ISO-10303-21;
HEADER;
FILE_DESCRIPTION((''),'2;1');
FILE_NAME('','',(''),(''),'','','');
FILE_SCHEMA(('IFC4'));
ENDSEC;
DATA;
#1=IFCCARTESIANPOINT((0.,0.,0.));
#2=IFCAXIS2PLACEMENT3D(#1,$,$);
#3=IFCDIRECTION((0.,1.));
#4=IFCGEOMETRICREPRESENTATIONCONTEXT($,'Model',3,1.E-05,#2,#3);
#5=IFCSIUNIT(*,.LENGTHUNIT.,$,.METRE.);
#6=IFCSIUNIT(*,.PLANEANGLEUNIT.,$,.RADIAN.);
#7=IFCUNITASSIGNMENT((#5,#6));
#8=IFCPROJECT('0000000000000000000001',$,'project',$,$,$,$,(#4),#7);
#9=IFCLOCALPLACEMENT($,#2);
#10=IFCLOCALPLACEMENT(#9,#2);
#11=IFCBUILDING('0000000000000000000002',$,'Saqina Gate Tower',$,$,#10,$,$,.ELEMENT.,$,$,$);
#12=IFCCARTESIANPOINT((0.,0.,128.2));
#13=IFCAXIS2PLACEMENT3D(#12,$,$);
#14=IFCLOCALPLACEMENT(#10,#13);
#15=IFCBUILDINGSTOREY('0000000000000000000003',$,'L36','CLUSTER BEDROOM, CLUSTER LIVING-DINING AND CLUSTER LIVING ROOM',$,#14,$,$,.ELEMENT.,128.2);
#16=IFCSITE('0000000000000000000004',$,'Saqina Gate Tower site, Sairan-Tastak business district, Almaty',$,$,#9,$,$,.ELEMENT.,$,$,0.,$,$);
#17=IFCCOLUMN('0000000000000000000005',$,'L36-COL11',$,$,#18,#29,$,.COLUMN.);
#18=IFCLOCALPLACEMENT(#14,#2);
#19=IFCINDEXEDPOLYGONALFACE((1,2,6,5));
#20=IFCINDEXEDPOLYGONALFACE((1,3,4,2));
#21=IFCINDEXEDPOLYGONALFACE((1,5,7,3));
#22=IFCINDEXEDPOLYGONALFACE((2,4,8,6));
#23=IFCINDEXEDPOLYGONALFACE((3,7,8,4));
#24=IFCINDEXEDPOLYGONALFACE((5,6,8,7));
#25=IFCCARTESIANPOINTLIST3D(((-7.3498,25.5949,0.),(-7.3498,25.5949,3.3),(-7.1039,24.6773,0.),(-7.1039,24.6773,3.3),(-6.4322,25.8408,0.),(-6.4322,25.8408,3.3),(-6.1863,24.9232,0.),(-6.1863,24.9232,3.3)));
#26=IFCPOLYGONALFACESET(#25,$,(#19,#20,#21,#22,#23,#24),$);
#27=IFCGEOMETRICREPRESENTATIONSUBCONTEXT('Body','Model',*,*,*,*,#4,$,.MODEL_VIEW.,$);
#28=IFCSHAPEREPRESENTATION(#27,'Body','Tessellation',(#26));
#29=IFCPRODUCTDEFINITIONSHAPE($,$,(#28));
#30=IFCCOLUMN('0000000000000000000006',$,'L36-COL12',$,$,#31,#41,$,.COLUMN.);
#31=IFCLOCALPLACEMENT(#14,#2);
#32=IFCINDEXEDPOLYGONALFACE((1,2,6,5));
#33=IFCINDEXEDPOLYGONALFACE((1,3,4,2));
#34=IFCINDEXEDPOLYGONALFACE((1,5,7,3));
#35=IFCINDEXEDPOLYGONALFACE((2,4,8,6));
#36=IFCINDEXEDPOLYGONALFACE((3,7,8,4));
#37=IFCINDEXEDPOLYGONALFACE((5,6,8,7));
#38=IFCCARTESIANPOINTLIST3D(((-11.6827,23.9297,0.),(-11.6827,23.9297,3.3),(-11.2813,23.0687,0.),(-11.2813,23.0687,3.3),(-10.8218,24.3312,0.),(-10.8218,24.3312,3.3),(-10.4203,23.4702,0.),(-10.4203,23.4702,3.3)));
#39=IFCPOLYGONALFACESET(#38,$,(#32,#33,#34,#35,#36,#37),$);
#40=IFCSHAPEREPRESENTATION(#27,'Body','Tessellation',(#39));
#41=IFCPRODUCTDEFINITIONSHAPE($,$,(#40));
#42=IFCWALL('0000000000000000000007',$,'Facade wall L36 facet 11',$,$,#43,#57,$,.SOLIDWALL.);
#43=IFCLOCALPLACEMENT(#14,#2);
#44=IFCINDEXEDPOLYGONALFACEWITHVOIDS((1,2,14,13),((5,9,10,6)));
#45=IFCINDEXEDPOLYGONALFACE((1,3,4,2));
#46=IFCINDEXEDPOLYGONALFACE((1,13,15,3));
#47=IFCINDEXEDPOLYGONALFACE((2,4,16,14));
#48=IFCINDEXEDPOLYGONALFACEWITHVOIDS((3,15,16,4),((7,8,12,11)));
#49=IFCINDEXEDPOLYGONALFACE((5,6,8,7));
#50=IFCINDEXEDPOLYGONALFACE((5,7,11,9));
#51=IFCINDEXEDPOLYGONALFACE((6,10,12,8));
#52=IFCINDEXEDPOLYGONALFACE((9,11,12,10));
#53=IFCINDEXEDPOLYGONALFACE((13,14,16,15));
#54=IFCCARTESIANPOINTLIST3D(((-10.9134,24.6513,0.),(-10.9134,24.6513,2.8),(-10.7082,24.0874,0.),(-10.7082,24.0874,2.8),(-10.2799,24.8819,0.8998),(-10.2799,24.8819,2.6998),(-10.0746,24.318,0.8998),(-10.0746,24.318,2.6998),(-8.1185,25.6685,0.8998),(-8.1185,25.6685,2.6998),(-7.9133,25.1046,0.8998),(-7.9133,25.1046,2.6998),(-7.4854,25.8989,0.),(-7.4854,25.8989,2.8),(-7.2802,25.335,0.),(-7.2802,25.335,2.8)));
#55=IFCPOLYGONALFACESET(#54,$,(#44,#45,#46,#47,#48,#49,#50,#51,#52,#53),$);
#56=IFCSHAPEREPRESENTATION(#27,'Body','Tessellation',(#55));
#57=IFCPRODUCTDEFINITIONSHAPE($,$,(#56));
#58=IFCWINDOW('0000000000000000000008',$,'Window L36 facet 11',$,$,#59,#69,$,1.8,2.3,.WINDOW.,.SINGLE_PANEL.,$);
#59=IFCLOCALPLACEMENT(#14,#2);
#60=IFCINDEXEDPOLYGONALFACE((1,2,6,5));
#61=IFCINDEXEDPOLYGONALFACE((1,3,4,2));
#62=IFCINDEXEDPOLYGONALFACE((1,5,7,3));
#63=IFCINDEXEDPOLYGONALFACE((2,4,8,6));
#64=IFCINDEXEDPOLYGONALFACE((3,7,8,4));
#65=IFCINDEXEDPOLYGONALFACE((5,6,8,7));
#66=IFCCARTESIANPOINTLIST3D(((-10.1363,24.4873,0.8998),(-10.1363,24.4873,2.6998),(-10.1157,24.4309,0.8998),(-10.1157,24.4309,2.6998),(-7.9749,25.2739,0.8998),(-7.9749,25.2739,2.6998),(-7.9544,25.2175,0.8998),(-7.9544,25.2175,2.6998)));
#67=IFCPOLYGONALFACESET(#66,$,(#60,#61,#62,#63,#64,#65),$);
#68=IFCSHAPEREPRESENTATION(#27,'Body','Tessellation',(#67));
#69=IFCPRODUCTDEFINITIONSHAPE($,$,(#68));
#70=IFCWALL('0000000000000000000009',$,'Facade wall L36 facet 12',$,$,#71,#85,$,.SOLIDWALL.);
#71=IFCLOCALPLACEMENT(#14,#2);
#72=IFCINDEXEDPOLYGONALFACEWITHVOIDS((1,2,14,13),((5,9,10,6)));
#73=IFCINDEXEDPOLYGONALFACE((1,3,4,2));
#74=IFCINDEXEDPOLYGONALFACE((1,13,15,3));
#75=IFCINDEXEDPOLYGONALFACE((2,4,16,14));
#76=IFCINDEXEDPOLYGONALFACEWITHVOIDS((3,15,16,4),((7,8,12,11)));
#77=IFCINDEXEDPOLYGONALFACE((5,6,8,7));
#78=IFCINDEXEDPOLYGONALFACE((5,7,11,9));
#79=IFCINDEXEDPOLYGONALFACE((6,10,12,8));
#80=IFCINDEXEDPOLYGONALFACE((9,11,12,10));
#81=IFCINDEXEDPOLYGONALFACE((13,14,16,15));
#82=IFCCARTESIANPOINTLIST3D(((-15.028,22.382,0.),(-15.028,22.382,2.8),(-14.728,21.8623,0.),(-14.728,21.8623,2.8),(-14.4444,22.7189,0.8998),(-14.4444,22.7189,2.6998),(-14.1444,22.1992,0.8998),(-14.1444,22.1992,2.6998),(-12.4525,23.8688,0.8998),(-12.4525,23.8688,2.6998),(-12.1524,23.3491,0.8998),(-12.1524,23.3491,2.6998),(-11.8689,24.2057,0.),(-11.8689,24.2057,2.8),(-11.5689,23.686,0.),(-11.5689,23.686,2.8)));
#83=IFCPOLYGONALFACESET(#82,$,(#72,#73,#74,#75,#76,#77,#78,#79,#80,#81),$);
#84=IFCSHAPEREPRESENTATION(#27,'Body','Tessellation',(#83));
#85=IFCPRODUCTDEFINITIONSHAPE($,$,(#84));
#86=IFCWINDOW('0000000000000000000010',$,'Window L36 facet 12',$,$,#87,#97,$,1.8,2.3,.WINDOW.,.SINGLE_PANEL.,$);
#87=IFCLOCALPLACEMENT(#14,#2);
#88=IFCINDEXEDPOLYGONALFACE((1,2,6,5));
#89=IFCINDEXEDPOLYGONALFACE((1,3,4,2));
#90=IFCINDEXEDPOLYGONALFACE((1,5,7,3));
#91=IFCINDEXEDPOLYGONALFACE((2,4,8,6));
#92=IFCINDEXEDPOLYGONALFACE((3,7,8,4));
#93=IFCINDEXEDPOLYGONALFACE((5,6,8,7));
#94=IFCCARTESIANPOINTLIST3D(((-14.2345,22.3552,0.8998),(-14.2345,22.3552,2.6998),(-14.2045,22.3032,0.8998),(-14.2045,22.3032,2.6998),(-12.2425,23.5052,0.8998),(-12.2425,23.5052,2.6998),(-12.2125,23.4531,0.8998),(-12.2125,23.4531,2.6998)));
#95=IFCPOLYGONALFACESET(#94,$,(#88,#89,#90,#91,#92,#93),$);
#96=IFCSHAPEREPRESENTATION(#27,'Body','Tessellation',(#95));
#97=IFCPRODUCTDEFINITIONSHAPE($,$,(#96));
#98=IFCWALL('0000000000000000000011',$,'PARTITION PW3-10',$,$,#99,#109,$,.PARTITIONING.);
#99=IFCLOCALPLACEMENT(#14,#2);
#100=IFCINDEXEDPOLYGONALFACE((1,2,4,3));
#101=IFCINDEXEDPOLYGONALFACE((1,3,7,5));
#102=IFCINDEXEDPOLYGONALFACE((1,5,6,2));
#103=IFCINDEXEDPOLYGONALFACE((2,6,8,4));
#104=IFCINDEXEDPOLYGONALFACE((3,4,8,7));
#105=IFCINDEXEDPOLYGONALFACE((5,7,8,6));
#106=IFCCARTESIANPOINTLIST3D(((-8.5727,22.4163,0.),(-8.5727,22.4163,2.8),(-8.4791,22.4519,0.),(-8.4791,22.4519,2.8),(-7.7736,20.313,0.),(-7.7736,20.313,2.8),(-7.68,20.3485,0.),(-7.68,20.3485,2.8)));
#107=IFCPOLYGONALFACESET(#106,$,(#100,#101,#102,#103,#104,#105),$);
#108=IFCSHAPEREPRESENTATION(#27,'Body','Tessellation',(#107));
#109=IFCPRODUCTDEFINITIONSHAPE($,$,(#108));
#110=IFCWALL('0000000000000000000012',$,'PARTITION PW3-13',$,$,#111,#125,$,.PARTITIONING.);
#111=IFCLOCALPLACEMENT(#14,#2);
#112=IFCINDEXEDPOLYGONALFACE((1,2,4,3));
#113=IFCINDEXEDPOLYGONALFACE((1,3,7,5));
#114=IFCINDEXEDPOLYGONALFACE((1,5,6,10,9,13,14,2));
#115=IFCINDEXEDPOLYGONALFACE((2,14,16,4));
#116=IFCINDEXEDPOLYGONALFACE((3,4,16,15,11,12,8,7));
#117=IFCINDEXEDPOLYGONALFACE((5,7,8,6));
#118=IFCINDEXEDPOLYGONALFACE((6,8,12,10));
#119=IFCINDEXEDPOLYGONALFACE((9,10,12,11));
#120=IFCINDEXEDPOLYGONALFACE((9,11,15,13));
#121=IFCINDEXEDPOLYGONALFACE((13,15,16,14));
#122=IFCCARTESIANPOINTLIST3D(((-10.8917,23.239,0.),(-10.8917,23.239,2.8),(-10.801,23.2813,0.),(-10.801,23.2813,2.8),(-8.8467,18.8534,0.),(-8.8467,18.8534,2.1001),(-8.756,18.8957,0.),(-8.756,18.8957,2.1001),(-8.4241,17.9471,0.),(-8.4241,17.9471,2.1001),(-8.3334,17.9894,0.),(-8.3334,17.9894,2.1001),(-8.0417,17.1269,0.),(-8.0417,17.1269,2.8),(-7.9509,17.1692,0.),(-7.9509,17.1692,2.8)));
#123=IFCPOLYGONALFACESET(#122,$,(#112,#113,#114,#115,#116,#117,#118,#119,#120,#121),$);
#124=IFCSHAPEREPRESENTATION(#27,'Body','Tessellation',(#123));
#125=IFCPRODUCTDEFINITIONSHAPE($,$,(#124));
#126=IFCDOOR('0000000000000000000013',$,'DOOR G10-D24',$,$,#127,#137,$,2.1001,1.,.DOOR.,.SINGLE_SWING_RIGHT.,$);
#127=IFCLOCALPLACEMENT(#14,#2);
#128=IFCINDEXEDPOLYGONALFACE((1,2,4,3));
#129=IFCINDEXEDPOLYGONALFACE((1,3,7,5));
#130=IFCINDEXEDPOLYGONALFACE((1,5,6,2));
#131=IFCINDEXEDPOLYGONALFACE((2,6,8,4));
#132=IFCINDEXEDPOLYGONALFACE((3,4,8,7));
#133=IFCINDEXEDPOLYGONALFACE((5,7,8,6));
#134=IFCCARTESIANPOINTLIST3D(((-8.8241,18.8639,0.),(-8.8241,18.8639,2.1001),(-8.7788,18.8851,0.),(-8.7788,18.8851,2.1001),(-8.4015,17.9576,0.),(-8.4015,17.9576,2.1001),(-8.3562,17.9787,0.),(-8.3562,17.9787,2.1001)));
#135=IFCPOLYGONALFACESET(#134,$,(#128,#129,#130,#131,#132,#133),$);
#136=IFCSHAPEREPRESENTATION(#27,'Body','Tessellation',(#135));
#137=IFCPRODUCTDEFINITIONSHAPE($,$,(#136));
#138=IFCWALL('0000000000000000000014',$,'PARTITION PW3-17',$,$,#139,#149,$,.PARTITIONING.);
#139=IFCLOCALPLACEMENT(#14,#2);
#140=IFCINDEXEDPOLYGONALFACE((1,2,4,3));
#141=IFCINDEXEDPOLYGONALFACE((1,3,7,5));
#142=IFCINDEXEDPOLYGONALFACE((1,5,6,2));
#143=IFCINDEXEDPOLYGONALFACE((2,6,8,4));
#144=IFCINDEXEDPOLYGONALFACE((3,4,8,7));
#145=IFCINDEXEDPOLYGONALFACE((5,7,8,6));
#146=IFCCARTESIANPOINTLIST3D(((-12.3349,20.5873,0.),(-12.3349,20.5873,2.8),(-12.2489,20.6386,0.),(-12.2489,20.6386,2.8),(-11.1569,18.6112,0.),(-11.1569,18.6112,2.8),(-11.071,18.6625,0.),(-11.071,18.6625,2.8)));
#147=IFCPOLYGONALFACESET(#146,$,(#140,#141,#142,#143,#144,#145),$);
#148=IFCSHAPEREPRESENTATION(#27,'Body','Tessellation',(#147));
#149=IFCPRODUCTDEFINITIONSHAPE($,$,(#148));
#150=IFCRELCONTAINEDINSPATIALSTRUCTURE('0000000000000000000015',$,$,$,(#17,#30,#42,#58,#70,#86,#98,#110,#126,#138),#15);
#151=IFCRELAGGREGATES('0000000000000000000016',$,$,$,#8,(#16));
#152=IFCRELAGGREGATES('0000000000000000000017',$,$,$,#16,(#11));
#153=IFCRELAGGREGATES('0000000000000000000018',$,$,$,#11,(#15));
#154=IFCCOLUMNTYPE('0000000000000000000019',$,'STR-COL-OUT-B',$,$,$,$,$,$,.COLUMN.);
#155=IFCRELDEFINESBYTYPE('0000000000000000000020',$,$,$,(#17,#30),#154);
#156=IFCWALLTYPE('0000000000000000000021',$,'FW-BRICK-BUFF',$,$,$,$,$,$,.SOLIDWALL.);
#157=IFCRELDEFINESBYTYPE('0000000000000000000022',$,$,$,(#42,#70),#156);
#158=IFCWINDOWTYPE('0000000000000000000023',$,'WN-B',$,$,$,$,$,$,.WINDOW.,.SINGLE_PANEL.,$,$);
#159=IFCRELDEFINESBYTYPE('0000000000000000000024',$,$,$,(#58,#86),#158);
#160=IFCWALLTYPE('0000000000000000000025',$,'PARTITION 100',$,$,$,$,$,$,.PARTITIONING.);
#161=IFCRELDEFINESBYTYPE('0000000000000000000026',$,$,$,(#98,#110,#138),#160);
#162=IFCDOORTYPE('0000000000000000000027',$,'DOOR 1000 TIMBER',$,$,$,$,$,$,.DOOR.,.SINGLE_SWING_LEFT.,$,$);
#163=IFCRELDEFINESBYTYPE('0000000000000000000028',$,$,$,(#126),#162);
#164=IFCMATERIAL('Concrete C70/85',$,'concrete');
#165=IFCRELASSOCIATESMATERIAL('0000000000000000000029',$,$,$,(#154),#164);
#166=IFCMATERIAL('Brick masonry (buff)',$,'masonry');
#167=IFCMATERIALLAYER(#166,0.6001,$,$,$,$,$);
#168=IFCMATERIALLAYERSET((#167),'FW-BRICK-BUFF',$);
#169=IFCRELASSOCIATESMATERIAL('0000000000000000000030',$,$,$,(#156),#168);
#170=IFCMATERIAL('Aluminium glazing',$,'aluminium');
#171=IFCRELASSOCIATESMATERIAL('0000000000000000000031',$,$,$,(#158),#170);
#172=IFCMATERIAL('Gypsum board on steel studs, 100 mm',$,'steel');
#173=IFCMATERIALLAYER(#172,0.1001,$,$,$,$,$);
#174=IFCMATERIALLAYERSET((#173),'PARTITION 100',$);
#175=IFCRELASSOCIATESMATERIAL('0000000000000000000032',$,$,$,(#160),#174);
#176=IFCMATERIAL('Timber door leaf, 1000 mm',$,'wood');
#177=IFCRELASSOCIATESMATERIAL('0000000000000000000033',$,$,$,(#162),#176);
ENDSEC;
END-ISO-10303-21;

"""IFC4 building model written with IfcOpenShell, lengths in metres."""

from ifc_helpers import new_model, si_unit, direction, frame, frame_2d, origin, origin_2d, place, context, subcontext, project, spatial, rectangle, extrude, material, layer, layer_set, material_profile, profile_set, type_object, element, fill, save


model = new_model("IFC4")

# Units and contexts
model_context = context("Model", 3, precision=1e-05, world=origin(), true_north=direction((0.0, 1.0)))
body_context = subcontext(model_context, "Body", "Model", "MODEL_VIEW")
ifc_project = project(units=[si_unit("LENGTHUNIT", "METRE"), si_unit("PLANEANGLEUNIT", "RADIAN")], contexts=[model_context])

# Site, building, storey
site_placement = place(None, origin())
site = spatial("IfcSite", under=ifc_project, at=site_placement, Name="Saqina Gate Tower site, Sairan-Tastak business district, Almaty", CompositionType="ELEMENT", RefElevation=0.0)
building_placement = place(site_placement, origin())
building = spatial("IfcBuilding", under=site, at=building_placement, Name="Saqina Gate Tower", CompositionType="ELEMENT")
storey_placement = place(building_placement, frame((0.0, 0.0, 128.2)))
storey = spatial("IfcBuildingStorey", under=building, at=storey_placement, Name="L36", Description="CLUSTER BEDROOM, CLUSTER LIVING-DINING AND CLUSTER LIVING ROOM", CompositionType="ELEMENT", Elevation=128.2)

# Columns
ifc_material_1 = material(Name="Concrete C70/85", Category="concrete")
ifc_material_profile = material_profile(ifc_material_1, rectangle(XDim=0.95, YDim=0.95, at=origin_2d()), Name="RC 950x950")
ifc_profile_set = profile_set([ifc_material_profile], Name="Concrete C70/85")
column_type = type_object("IfcColumnType", Name="STR-COL-OUT-B", PredefinedType="COLUMN", material=ifc_profile_set)
for number, where, z_axis, x_axis, name in (
    (1, (-6.7681, 25.259, 0.0), (0.0, 0.0, 1.0), (-0.258819, 0.965926, 0.0), "L36-COL11"),
    (2, (-11.0515, 23.7, 0.0), (0.0, 0.0, 1.0), (-0.422618, 0.906308, 0.0), "L36-COL12"),
):
    element("IfcColumn", number, at=place(storey_placement, frame(where, z_axis=z_axis, x_axis=x_axis)), inside=storey, type_object=column_type, Name=name, PredefinedType="COLUMN", context=body_context, shape_type="SweptSolid", body=[
        extrude(rectangle(XDim=0.95, YDim=0.95, at=origin_2d()), origin(), (0.0, 0.0, 1.0), 3.3),
    ])

# Walls, openings, windows
ifc_material_2 = material(Name="Brick masonry (buff)", Category="masonry")
ifc_layer_1 = layer(ifc_material_2, 0.6001)
ifc_layer_set_1 = layer_set([ifc_layer_1], Name="FW-BRICK-BUFF")
wall_type_1 = type_object("IfcWallType", Name="FW-BRICK-BUFF", PredefinedType="SOLIDWALL", material=ifc_layer_set_1)
wall_1_placement = place(storey_placement, frame((-7.3828, 25.6169, 0.0), z_axis=(0.0, 0.0, 1.0), x_axis=(-0.939704, -0.34199, 0.0)))
wall_1 = element("IfcWall", 3, at=wall_1_placement, inside=storey, type_object=wall_type_1, Name="Facade wall L36 facet 11", PredefinedType="SOLIDWALL", context=body_context, shape_type="SweptSolid", body=[
    extrude(rectangle(XDim=3.6479, YDim=0.6001, at=frame_2d((1.824, 0.0))), origin(), (0.0, 0.0, 1.0), 2.8),
])
opening_1_placement = place(wall_1_placement, frame((0.6738, 0.0, 0.8999)))
opening_1 = element("IfcOpeningElement", 4, at=opening_1_placement, cuts=wall_1, PredefinedType="OPENING", context=body_context, shape_type="SweptSolid", body=[
    extrude(rectangle(XDim=2.3, YDim=1.8, at=frame_2d((1.1499, 0.8999))), frame((0.0, 0.312, 0.0), z_axis=(0.0, -1.0, 0.0), x_axis=(1.0, 0.0, 0.0)), (0.0, 0.0, 1.0), 0.624),
])
ifc_material_3 = material(Name="Aluminium glazing", Category="aluminium")
window_type = type_object("IfcWindowType", Name="WN-B", PartitioningType="SINGLE_PANEL", PredefinedType="WINDOW", material=ifc_material_3)
window_1_placement = place(opening_1_placement, origin())
window_1 = element("IfcWindow", 5, at=window_1_placement, inside=storey, type_object=window_type, Name="Window L36 facet 11", OverallHeight=1.8, OverallWidth=2.3, PartitioningType="SINGLE_PANEL", PredefinedType="WINDOW", context=body_context, shape_type="SweptSolid", body=[
    extrude(rectangle(XDim=2.3, YDim=1.8, at=frame_2d((1.1499, 0.8999))), frame((0.0, 0.1799, 0.0), z_axis=(0.0, -1.0, 0.0), x_axis=(1.0, 0.0, 0.0)), (0.0, 0.0, 1.0), 0.0601),
])
fill(opening_1, window_1)
wall_2_placement = place(storey_placement, frame((-11.719, 23.9458, 0.0), z_axis=(0.0, 0.0, 1.0), x_axis=(-0.866052, -0.499954, 0.0)))
wall_2 = element("IfcWall", 6, at=wall_2_placement, inside=storey, type_object=wall_type_1, Name="Facade wall L36 facet 12", PredefinedType="SOLIDWALL", context=body_context, shape_type="SweptSolid", body=[
    extrude(rectangle(XDim=3.6477, YDim=0.6001, at=frame_2d((1.8237, 0.0))), origin(), (0.0, 0.0, 1.0), 2.8),
])
opening_2_placement = place(wall_2_placement, frame((0.6738, 0.0, 0.8999)))
opening_2 = element("IfcOpeningElement", 7, at=opening_2_placement, cuts=wall_2, PredefinedType="OPENING", context=body_context, shape_type="SweptSolid", body=[
    extrude(rectangle(XDim=2.3, YDim=1.8, at=frame_2d((1.1499, 0.8999))), frame((0.0, 0.312, 0.0), z_axis=(0.0, -1.0, 0.0), x_axis=(1.0, 0.0, 0.0)), (0.0, 0.0, 1.0), 0.624),
])
window_2_placement = place(opening_2_placement, origin())
window_2 = element("IfcWindow", 8, at=window_2_placement, inside=storey, type_object=window_type, Name="Window L36 facet 12", OverallHeight=1.8, OverallWidth=2.3, PartitioningType="SINGLE_PANEL", PredefinedType="WINDOW", context=body_context, shape_type="SweptSolid", body=[
    extrude(rectangle(XDim=2.3, YDim=1.8, at=frame_2d((1.1499, 0.8999))), frame((0.0, 0.1799, 0.0), z_axis=(0.0, -1.0, 0.0), x_axis=(1.0, 0.0, 0.0)), (0.0, 0.0, 1.0), 0.0601),
])
fill(opening_2, window_2)

# Wall
ifc_material_4 = material(Name="Gypsum board on steel studs, 100 mm", Category="steel")
ifc_layer_2 = layer(ifc_material_4, 0.1001)
ifc_layer_set_2 = layer_set([ifc_layer_2], Name="PARTITION 100")
wall_type_2 = type_object("IfcWallType", Name="PARTITION 100", PredefinedType="PARTITIONING", material=ifc_layer_set_2)
wall_3_placement = place(storey_placement, frame((-8.5259, 22.4341, 0.0), z_axis=(0.0, 0.0, 1.0), x_axis=(0.355151, -0.934809, 0.0)))
element("IfcWall", 9, at=wall_3_placement, inside=storey, type_object=wall_type_2, Name="PARTITION PW3-10", PredefinedType="PARTITIONING", context=body_context, shape_type="SweptSolid", body=[
    extrude(rectangle(XDim=2.25, YDim=0.1001, at=frame_2d((1.125, 0.0))), origin(), (0.0, 0.0, 1.0), 2.8),
])

# Wall, opening, door
wall_4_placement = place(storey_placement, frame((-10.8464, 23.2603, 0.0), z_axis=(0.0, 0.0, 1.0), x_axis=(0.422618, -0.906308, 0.0)))
wall_4 = element("IfcWall", 10, at=wall_4_placement, inside=storey, type_object=wall_type_2, Name="PARTITION PW3-13", PredefinedType="PARTITIONING", context=body_context, shape_type="SweptSolid", body=[
    extrude(rectangle(XDim=6.7439, YDim=0.1001, at=frame_2d((3.3721, 0.0))), origin(), (0.0, 0.0, 1.0), 2.8),
])
opening_3_placement = place(wall_4_placement, frame((4.8391, 0.0, 0.0)))
opening_3 = element("IfcOpeningElement", 11, at=opening_3_placement, cuts=wall_4, PredefinedType="OPENING", context=body_context, shape_type="SweptSolid", body=[
    extrude(rectangle(XDim=1.0, YDim=2.1001, at=frame_2d((0.5, 1.05))), frame((0.0, 0.062, 0.0), z_axis=(0.0, -1.0, 0.0), x_axis=(1.0, 0.0, 0.0)), (0.0, 0.0, 1.0), 0.124),
])
ifc_material_5 = material(Name="Timber door leaf, 1000 mm", Category="wood")
door_type_1 = type_object("IfcDoorType", Name="DOOR 1000 TIMBER", OperationType="SINGLE_SWING_LEFT", PredefinedType="DOOR", material=ifc_material_5)
door_1_placement = place(opening_3_placement, origin())
door_1 = element("IfcDoor", 12, at=door_1_placement, inside=storey, type_object=door_type_1, Name="DOOR G10-D24", OperationType="SINGLE_SWING_RIGHT", OverallHeight=2.1001, OverallWidth=1.0, PredefinedType="DOOR", context=body_context, shape_type="SweptSolid", body=[
    extrude(rectangle(XDim=1.0, YDim=2.1001, at=frame_2d((0.5, 1.05))), frame((0.0, 0.0249, 0.0), z_axis=(0.0, -1.0, 0.0), x_axis=(1.0, 0.0, 0.0)), (0.0, 0.0, 1.0), 0.05),
])
fill(opening_3, door_1)

# Wall
wall_5_placement = place(storey_placement, frame((-12.292, 20.613, 0.0), z_axis=(0.0, 0.0, 1.0), x_axis=(0.512043, -0.85896, 0.0)))
element("IfcWall", 13, at=wall_5_placement, inside=storey, type_object=wall_type_2, Name="PARTITION PW3-17", PredefinedType="PARTITIONING", context=body_context, shape_type="SweptSolid", body=[
    extrude(rectangle(XDim=2.3005, YDim=0.1001, at=frame_2d((1.1504, 0.0))), origin(), (0.0, 0.0, 1.0), 2.8),
])

save(model, "model.ifc")
